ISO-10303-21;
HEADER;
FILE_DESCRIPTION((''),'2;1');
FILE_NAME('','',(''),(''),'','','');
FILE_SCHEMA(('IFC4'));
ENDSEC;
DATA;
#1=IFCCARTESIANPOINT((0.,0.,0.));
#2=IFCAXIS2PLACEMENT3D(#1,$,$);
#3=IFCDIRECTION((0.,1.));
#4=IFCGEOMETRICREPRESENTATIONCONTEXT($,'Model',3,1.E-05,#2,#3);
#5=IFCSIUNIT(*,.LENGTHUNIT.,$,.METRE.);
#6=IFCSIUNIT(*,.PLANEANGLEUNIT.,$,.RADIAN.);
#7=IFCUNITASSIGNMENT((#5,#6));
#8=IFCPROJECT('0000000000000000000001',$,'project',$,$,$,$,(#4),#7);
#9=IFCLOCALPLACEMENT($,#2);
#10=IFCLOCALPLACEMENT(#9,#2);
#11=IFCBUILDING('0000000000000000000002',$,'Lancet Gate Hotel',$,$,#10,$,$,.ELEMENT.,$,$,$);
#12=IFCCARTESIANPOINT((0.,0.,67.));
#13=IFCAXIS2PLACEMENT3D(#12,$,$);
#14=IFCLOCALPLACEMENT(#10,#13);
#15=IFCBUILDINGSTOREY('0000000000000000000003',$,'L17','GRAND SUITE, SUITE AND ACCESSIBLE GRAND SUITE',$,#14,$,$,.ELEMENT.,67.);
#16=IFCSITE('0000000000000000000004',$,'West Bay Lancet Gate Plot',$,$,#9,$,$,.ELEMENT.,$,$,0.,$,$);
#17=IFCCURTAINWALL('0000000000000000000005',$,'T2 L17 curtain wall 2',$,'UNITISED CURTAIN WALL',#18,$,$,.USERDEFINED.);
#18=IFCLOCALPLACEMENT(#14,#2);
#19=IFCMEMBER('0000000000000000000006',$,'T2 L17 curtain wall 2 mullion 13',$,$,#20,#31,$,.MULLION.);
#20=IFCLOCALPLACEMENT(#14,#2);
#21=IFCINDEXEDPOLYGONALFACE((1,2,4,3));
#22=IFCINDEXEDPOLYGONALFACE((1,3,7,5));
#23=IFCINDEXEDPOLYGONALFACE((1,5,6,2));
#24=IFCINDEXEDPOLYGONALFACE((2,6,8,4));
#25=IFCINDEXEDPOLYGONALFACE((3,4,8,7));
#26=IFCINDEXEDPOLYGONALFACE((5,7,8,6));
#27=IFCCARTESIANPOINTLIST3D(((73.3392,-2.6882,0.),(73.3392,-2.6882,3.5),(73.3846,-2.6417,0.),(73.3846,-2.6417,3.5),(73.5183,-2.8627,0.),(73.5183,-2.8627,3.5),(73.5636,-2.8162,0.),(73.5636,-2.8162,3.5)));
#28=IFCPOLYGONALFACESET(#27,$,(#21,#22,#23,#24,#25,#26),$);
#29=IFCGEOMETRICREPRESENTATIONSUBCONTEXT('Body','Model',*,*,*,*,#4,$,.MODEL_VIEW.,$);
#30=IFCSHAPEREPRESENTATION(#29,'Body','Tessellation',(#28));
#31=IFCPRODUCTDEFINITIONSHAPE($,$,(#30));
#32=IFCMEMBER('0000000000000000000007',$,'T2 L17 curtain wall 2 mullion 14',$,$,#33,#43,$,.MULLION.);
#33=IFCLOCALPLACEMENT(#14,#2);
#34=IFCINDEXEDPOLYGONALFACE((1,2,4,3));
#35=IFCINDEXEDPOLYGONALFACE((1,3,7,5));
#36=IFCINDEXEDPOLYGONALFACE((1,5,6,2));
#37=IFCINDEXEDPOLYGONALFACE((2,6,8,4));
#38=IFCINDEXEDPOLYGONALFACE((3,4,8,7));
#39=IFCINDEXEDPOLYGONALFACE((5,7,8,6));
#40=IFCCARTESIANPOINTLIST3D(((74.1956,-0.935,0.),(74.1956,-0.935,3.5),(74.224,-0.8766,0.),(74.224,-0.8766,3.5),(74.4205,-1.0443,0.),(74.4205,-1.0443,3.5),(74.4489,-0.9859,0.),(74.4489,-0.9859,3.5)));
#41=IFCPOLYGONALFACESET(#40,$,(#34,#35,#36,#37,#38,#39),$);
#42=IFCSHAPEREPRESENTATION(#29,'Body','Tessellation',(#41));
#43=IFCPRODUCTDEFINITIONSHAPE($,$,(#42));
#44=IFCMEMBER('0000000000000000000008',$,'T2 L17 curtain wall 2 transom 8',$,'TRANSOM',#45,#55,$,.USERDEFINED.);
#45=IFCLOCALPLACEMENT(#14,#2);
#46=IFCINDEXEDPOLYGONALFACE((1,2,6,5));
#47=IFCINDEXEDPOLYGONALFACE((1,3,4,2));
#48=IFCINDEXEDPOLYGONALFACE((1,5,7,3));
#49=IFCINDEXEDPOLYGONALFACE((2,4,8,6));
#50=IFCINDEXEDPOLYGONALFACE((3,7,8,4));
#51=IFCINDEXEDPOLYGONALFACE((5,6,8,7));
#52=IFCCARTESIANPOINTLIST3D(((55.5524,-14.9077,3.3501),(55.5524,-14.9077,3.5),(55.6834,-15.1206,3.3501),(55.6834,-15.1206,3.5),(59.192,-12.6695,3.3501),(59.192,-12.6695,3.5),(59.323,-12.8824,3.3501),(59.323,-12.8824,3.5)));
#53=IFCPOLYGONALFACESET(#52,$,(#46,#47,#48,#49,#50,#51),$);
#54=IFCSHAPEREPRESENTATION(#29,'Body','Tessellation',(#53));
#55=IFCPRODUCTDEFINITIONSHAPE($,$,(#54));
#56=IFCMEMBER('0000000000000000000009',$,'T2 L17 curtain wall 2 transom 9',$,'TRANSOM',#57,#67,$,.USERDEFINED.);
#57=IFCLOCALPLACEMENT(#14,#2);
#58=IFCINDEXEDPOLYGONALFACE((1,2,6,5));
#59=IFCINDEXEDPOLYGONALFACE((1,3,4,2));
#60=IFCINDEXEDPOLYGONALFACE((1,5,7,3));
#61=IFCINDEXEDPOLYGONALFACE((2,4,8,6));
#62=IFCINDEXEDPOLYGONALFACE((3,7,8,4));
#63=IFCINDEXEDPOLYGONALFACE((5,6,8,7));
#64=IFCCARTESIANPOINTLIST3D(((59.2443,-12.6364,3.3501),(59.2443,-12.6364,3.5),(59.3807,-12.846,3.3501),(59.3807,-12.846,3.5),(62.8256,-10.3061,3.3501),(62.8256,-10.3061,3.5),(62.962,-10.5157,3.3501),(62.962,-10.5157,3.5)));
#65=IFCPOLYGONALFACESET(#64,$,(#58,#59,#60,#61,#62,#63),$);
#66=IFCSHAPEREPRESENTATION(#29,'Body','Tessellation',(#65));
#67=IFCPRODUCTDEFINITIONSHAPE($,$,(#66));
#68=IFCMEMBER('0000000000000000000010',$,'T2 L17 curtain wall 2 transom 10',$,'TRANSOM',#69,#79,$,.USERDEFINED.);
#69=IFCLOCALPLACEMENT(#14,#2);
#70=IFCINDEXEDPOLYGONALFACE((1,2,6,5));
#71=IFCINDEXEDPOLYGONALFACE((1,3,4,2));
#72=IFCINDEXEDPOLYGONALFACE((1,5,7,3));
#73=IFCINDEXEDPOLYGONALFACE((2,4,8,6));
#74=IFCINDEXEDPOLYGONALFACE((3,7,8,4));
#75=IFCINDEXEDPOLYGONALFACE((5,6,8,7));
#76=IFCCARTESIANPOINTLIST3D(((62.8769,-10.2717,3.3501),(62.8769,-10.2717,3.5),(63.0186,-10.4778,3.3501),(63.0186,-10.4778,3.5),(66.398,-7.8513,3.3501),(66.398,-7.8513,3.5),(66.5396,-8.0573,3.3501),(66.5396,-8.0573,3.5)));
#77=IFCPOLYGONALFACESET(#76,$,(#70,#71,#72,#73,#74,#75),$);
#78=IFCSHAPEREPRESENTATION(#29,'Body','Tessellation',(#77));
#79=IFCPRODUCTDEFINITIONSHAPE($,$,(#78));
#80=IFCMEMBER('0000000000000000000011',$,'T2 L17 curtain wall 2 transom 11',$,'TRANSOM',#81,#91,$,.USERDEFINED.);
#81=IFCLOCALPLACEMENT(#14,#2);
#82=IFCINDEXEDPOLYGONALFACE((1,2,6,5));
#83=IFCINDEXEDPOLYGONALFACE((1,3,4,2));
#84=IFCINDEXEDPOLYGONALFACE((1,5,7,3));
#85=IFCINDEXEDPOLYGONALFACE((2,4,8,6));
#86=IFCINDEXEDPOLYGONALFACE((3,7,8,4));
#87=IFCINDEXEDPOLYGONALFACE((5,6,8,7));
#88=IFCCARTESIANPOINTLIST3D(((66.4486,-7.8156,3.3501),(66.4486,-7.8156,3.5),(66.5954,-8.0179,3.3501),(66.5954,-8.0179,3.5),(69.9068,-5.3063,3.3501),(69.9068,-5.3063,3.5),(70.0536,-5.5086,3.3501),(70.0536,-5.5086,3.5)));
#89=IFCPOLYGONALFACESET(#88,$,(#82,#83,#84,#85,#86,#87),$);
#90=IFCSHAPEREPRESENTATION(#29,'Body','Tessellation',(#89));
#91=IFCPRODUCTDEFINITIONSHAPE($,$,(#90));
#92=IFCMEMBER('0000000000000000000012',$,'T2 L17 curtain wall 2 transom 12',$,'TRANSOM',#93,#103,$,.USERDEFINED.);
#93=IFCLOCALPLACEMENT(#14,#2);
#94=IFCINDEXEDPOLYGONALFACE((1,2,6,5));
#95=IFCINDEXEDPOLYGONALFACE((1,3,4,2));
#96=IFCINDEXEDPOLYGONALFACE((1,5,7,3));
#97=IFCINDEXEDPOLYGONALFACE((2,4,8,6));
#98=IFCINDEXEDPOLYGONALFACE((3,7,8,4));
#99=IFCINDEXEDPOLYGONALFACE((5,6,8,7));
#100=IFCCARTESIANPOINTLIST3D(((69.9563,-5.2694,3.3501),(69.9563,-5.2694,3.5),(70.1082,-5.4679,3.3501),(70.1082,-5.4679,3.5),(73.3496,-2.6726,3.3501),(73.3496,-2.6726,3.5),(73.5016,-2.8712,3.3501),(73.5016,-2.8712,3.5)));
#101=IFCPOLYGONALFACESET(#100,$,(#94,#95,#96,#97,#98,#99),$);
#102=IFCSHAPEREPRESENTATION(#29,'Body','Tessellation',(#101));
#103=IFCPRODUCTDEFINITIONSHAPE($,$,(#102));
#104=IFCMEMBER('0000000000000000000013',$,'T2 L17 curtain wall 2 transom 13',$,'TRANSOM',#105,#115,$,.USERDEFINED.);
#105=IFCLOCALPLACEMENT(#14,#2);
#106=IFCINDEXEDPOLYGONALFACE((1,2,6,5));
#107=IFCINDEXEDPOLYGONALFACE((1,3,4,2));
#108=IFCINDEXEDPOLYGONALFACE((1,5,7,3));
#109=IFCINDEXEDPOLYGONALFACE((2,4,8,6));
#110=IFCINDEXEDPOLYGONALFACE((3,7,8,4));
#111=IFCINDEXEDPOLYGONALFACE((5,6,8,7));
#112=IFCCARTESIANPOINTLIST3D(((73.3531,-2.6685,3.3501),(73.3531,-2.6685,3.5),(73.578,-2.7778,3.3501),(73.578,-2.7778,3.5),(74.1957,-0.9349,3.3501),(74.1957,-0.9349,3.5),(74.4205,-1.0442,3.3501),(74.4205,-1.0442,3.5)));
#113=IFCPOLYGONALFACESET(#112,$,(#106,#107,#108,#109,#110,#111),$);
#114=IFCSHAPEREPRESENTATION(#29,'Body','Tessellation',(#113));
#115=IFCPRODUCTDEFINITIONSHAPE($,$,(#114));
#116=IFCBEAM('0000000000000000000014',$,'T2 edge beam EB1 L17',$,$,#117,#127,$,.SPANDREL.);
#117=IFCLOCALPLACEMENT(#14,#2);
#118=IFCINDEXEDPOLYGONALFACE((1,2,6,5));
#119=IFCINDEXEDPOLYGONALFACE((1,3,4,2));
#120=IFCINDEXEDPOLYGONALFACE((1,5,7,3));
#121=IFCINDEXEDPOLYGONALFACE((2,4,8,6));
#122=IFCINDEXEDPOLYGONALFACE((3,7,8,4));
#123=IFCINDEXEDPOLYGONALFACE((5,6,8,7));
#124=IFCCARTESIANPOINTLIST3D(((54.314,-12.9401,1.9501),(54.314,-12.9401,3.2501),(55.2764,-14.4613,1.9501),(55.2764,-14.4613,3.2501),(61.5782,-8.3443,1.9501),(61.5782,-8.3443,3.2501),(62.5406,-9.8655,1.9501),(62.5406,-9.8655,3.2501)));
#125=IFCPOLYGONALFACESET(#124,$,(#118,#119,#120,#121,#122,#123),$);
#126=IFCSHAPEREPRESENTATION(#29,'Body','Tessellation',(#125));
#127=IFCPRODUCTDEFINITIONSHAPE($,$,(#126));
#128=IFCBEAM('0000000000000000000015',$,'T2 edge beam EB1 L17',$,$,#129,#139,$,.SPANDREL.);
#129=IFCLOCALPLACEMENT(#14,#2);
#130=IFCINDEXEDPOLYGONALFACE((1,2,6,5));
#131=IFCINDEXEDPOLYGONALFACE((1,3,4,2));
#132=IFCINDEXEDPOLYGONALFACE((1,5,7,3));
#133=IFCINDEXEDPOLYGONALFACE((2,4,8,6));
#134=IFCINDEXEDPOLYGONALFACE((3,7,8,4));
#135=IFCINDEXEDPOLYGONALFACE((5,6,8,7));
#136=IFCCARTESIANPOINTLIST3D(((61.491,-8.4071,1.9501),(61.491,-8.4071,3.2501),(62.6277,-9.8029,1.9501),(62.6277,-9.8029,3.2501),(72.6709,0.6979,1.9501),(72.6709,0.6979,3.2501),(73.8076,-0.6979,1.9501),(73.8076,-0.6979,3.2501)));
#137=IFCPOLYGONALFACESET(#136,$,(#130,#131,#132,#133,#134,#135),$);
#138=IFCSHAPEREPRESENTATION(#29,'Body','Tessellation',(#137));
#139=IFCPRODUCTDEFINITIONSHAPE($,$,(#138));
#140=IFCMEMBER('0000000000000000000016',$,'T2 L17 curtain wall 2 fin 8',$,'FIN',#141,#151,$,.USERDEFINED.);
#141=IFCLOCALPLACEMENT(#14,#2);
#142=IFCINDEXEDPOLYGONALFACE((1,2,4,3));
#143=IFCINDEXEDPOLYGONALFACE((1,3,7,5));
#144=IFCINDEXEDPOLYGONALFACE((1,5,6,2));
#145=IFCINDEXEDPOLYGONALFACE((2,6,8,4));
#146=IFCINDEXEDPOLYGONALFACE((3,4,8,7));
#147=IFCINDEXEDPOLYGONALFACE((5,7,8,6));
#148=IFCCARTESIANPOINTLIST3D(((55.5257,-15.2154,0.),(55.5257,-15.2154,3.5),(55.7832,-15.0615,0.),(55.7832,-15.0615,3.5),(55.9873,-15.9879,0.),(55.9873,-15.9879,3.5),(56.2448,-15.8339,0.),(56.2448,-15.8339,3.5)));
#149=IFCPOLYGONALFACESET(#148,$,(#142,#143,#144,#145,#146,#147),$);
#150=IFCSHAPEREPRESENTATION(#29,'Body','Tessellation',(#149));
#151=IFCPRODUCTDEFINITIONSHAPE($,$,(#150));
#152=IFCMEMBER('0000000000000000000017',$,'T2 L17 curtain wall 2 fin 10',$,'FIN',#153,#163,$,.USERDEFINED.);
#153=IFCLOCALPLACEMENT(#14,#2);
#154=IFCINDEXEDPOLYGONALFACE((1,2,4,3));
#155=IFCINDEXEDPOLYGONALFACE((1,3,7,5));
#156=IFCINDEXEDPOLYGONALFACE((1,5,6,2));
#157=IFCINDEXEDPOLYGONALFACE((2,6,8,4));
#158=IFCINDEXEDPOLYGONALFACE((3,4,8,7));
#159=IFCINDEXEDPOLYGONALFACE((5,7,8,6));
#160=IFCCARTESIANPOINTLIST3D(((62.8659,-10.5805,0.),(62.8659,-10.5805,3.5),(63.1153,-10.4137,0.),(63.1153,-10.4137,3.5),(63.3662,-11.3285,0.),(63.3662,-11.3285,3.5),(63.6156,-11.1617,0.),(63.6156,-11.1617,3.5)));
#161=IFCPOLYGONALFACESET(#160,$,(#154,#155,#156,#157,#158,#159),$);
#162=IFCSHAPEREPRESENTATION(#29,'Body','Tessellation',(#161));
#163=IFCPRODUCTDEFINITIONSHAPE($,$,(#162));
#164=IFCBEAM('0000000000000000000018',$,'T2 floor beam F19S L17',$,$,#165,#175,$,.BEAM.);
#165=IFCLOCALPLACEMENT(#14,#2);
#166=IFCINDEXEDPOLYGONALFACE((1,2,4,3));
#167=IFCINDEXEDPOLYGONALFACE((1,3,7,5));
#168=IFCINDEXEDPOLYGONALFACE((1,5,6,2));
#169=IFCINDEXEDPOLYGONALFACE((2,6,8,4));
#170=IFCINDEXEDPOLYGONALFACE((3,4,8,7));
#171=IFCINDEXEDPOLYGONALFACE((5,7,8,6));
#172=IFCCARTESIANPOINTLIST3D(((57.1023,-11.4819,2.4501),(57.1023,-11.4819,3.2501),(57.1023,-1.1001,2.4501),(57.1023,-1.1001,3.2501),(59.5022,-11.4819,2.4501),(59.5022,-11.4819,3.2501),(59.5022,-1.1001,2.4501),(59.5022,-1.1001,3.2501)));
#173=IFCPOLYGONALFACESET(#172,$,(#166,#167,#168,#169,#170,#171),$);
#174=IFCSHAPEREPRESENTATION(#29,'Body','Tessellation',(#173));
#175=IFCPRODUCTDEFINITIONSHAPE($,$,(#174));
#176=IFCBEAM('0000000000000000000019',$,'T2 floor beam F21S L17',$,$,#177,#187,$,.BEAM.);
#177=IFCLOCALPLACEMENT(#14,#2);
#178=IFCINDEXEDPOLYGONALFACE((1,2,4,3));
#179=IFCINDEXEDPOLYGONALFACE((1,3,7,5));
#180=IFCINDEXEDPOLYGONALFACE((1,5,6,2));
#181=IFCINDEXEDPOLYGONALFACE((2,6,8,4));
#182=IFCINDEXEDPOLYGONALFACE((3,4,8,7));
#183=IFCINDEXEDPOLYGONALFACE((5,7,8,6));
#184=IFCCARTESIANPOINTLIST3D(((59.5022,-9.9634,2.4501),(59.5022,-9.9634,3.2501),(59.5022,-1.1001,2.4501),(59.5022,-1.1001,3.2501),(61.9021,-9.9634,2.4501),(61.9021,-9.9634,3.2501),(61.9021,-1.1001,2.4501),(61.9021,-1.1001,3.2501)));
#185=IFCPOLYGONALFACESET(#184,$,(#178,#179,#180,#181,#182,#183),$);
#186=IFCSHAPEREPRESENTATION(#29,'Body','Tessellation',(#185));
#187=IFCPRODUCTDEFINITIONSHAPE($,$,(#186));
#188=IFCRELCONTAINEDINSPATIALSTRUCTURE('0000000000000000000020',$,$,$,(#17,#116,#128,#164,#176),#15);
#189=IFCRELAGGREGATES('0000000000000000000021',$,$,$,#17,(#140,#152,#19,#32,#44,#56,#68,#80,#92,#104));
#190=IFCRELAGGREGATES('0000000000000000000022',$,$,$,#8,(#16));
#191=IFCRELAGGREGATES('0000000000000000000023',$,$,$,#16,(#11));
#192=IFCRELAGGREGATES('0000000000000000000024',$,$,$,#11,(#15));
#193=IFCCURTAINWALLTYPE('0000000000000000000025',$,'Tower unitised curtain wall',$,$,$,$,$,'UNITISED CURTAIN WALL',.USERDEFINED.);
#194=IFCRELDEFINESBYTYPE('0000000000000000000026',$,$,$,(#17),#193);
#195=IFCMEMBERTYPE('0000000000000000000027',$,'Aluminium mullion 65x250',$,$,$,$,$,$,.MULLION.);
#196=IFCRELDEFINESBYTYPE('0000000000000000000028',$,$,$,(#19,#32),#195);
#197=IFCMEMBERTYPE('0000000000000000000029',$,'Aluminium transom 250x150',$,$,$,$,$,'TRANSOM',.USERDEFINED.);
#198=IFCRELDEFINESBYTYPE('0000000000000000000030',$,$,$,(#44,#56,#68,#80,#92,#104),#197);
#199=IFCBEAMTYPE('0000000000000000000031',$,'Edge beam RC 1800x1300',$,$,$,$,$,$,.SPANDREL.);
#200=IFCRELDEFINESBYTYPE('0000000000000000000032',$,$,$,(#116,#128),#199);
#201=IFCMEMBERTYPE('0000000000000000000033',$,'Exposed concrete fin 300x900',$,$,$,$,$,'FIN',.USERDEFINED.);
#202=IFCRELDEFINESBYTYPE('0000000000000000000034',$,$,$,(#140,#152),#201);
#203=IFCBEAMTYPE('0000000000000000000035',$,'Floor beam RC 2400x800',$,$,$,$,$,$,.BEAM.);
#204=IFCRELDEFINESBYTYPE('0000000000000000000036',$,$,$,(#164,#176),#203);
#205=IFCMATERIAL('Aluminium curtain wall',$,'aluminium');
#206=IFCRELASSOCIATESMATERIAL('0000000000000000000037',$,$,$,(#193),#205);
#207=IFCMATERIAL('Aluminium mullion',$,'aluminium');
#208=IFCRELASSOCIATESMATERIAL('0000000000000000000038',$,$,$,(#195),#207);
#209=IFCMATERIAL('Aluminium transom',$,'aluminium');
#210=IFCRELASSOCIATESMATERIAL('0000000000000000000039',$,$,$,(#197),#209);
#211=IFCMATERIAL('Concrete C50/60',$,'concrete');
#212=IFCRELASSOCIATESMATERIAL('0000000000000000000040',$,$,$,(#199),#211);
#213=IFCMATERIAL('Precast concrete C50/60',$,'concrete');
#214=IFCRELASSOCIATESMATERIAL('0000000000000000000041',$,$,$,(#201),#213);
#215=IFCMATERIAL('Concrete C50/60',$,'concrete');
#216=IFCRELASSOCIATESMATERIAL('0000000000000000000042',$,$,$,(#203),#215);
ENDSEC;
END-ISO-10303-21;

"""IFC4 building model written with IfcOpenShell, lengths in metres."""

from ifc_helpers import new_model, si_unit, direction, frame, origin, origin_2d, place, context, subcontext, project, spatial, rectangle, extrude, material, material_profile, profile_set, type_object, element, aggregate, save


model = new_model("IFC4")

# Units and contexts
model_context = context("Model", 3, precision=1e-05, world=origin(), true_north=direction((0.0, 1.0)))
body_context = subcontext(model_context, "Body", "Model", "MODEL_VIEW")
ifc_project = project(units=[si_unit("LENGTHUNIT", "METRE"), si_unit("PLANEANGLEUNIT", "RADIAN")], contexts=[model_context])

# Site, building, storey
site_placement = place(None, origin())
site = spatial("IfcSite", under=ifc_project, at=site_placement, Name="West Bay Lancet Gate Plot", CompositionType="ELEMENT", RefElevation=0.0)
building_placement = place(site_placement, origin())
building = spatial("IfcBuilding", under=site, at=building_placement, Name="Lancet Gate Hotel", CompositionType="ELEMENT")
storey_placement = place(building_placement, frame((0.0, 0.0, 67.0)))
storey = spatial("IfcBuildingStorey", under=building, at=storey_placement, Name="L17", Description="GRAND SUITE, SUITE AND ACCESSIBLE GRAND SUITE", CompositionType="ELEMENT", Elevation=67.0)

# Curtain wall, members
ifc_material_1 = material(Name="Aluminium curtain wall", Category="aluminium")
curtain_wall_type = type_object("IfcCurtainWallType", Name="Tower unitised curtain wall", ElementType="UNITISED CURTAIN WALL", PredefinedType="USERDEFINED", material=ifc_material_1)
curtain_wall_placement = place(storey_placement, origin())
curtain_wall = element("IfcCurtainWall", 1, at=curtain_wall_placement, inside=storey, type_object=curtain_wall_type, Name="T2 L17 curtain wall 2", ObjectType="UNITISED CURTAIN WALL", PredefinedType="USERDEFINED")
ifc_material_2 = material(Name="Aluminium mullion", Category="aluminium")
ifc_material_profile_1 = material_profile(ifc_material_2, rectangle(XDim=0.0649, YDim=0.25, at=origin_2d()), Name="MULLION 65x250")
ifc_profile_set_1 = profile_set([ifc_material_profile_1], Name="Aluminium mullion")
member_type_1 = type_object("IfcMemberType", Name="Aluminium mullion 65x250", PredefinedType="MULLION", material=ifc_profile_set_1)
member_1_placement = place(storey_placement, frame((73.4514, -2.7522, 0.0), z_axis=(0.0, 0.0, 1.0), x_axis=(0.697983, 0.716114, 0.0)))
member_1 = element("IfcMember", 2, at=member_1_placement, type_object=member_type_1, Name="T2 L17 curtain wall 2 mullion 13", PredefinedType="MULLION", context=body_context, shape_type="SweptSolid", body=[
    extrude(rectangle(XDim=0.0649, YDim=0.25, at=origin_2d()), origin(), (0.0, 0.0, 1.0), 3.5),
])
member_2_placement = place(storey_placement, frame((74.3223, -0.9604, 0.0), z_axis=(0.0, 0.0, 1.0), x_axis=(0.437169, 0.899379, 0.0)))
member_2 = element("IfcMember", 3, at=member_2_placement, type_object=member_type_1, Name="T2 L17 curtain wall 2 mullion 14", PredefinedType="MULLION", context=body_context, shape_type="SweptSolid", body=[
    extrude(rectangle(XDim=0.0649, YDim=0.25, at=origin_2d()), origin(), (0.0, 0.0, 1.0), 3.5),
])
ifc_material_3 = material(Name="Aluminium transom", Category="aluminium")
ifc_material_profile_2 = material_profile(ifc_material_3, rectangle(XDim=0.25, YDim=0.1499, at=origin_2d()), Name="TRANSOM 250x150")
ifc_profile_set_2 = profile_set([ifc_material_profile_2], Name="Aluminium transom")
member_type_2 = type_object("IfcMemberType", Name="Aluminium transom 250x150", ElementType="TRANSOM", PredefinedType="USERDEFINED", material=ifc_profile_set_2)
member_3_placement = place(storey_placement, frame((55.6179, -15.0142, 3.425), z_axis=(0.851815, 0.523842, 0.0), x_axis=(-0.523842, 0.851815, 0.0)))
member_3 = element("IfcMember", 4, at=member_3_placement, type_object=member_type_2, Name="T2 L17 curtain wall 2 transom 8", ObjectType="TRANSOM", PredefinedType="USERDEFINED", context=body_context, shape_type="SweptSolid", body=[
    extrude(rectangle(XDim=0.25, YDim=0.1499, at=origin_2d()), origin(), (0.0, 0.0, 1.0), 4.2727),
])
member_4_placement = place(storey_placement, frame((59.3125, -12.7412, 3.425), z_axis=(0.838179, 0.545396, 0.0), x_axis=(-0.545396, 0.838179, 0.0)))
member_4 = element("IfcMember", 5, at=member_4_placement, type_object=member_type_2, Name="T2 L17 curtain wall 2 transom 9", ObjectType="TRANSOM", PredefinedType="USERDEFINED", context=body_context, shape_type="SweptSolid", body=[
    extrude(rectangle(XDim=0.25, YDim=0.1499, at=origin_2d()), origin(), (0.0, 0.0, 1.0), 4.2727),
])
member_5_placement = place(storey_placement, frame((62.9478, -10.3748, 3.425), z_axis=(0.824072, 0.566485, 0.0), x_axis=(-0.566485, 0.824072, 0.0)))
member_5 = element("IfcMember", 6, at=member_5_placement, type_object=member_type_2, Name="T2 L17 curtain wall 2 transom 10", ObjectType="TRANSOM", PredefinedType="USERDEFINED", context=body_context, shape_type="SweptSolid", body=[
    extrude(rectangle(XDim=0.25, YDim=0.1499, at=origin_2d()), origin(), (0.0, 0.0, 1.0), 4.2727),
])
member_6_placement = place(storey_placement, frame((66.522, -7.9167, 3.425), z_axis=(0.809383, 0.587281, 0.0), x_axis=(-0.587281, 0.809383, 0.0)))
member_6 = element("IfcMember", 7, at=member_6_placement, type_object=member_type_2, Name="T2 L17 curtain wall 2 transom 11", ObjectType="TRANSOM", PredefinedType="USERDEFINED", context=body_context, shape_type="SweptSolid", body=[
    extrude(rectangle(XDim=0.25, YDim=0.1499, at=origin_2d()), origin(), (0.0, 0.0, 1.0), 4.2727),
])
member_7_placement = place(storey_placement, frame((70.0322, -5.3687, 3.425), z_axis=(0.794155, 0.607715, 0.0), x_axis=(-0.607715, 0.794155, 0.0)))
member_7 = element("IfcMember", 8, at=member_7_placement, type_object=member_type_2, Name="T2 L17 curtain wall 2 transom 12", ObjectType="TRANSOM", PredefinedType="USERDEFINED", context=body_context, shape_type="SweptSolid", body=[
    extrude(rectangle(XDim=0.25, YDim=0.1499, at=origin_2d()), origin(), (0.0, 0.0, 1.0), 4.2729),
])
member_8_placement = place(storey_placement, frame((73.4656, -2.7231, 3.425), z_axis=(0.437103, 0.899411, 0.0), x_axis=(-0.899411, 0.437103, 0.0)))
member_8 = element("IfcMember", 9, at=member_8_placement, type_object=member_type_2, Name="T2 L17 curtain wall 2 transom 13", ObjectType="TRANSOM", PredefinedType="USERDEFINED", context=body_context, shape_type="SweptSolid", body=[
    extrude(rectangle(XDim=0.25, YDim=0.1499, at=origin_2d()), origin(), (0.0, 0.0, 1.0), 1.9275),
])

# Beams
ifc_material_4 = material(Name="Concrete C50/60", Category="concrete")
ifc_material_profile_3 = material_profile(ifc_material_4, rectangle(XDim=1.8, YDim=1.3, at=origin_2d()), Name="RC 1800x1300")
ifc_profile_set_3 = profile_set([ifc_material_profile_3], Name="Concrete C50/60")
beam_type_1 = type_object("IfcBeamType", Name="Edge beam RC 1800x1300", PredefinedType="SPANDREL", material=ifc_profile_set_3)
beam_1_placement = place(storey_placement, frame((54.7952, -13.7007, 2.6001), z_axis=(0.845078, 0.534643, 0.0), x_axis=(-0.534643, 0.845078, 0.0)))
element("IfcBeam", 10, at=beam_1_placement, inside=storey, type_object=beam_type_1, Name="T2 edge beam EB1 L17", PredefinedType="SPANDREL", context=body_context, shape_type="SweptSolid", body=[
    extrude(rectangle(XDim=1.8, YDim=1.3, at=origin_2d()), origin(), (0.0, 0.0, 1.0), 8.5959),
])
beam_2_placement = place(storey_placement, frame((62.0593, -9.105, 2.6001), z_axis=(0.775391, 0.631481, 0.0), x_axis=(-0.631481, 0.775391, 0.0)))
element("IfcBeam", 11, at=beam_2_placement, inside=storey, type_object=beam_type_1, Name="T2 edge beam EB1 L17", PredefinedType="SPANDREL", context=body_context, shape_type="SweptSolid", body=[
    extrude(rectangle(XDim=1.8, YDim=1.3, at=origin_2d()), origin(), (0.0, 0.0, 1.0), 14.4185),
])

# Members
ifc_material_5 = material(Name="Precast concrete C50/60", Category="concrete")
ifc_material_profile_4 = material_profile(ifc_material_5, rectangle(XDim=0.3, YDim=0.8999, at=origin_2d()), Name="FIN 300x900")
ifc_profile_set_4 = profile_set([ifc_material_profile_4], Name="Precast concrete C50/60")
member_type_3 = type_object("IfcMemberType", Name="Exposed concrete fin 300x900", ElementType="FIN", PredefinedType="USERDEFINED", material=ifc_profile_set_4)
member_9_placement = place(storey_placement, frame((55.8853, -15.5247, 0.0), z_axis=(0.0, 0.0, 1.0), x_axis=(0.858413, 0.512959, 0.0)))
member_9 = element("IfcMember", 12, at=member_9_placement, type_object=member_type_3, Name="T2 L17 curtain wall 2 fin 8", ObjectType="FIN", PredefinedType="USERDEFINED", context=body_context, shape_type="SweptSolid", body=[
    extrude(rectangle(XDim=0.3, YDim=0.8999, at=origin_2d()), origin(), (0.0, 0.0, 1.0), 3.5),
])
member_10_placement = place(storey_placement, frame((63.2407, -10.8711, 0.0), z_axis=(0.0, 0.0, 1.0), x_axis=(0.831198, 0.555976, 0.0)))
member_10 = element("IfcMember", 13, at=member_10_placement, type_object=member_type_3, Name="T2 L17 curtain wall 2 fin 10", ObjectType="FIN", PredefinedType="USERDEFINED", context=body_context, shape_type="SweptSolid", body=[
    extrude(rectangle(XDim=0.3, YDim=0.8999, at=origin_2d()), origin(), (0.0, 0.0, 1.0), 3.5),
])

# Beams
ifc_material_6 = material(Name="Concrete C50/60", Category="concrete")
ifc_material_profile_5 = material_profile(ifc_material_6, rectangle(XDim=2.3999, YDim=0.8, at=origin_2d()), Name="RC 2400x800")
ifc_profile_set_5 = profile_set([ifc_material_profile_5], Name="Concrete C50/60")
beam_type_2 = type_object("IfcBeamType", Name="Floor beam RC 2400x800", PredefinedType="BEAM", material=ifc_profile_set_5)
beam_3_placement = place(storey_placement, frame((58.3022, -11.4819, 2.8501), z_axis=(0.0, 1.0, 0.0), x_axis=(-1.0, 0.0, 0.0)))
element("IfcBeam", 14, at=beam_3_placement, inside=storey, type_object=beam_type_2, Name="T2 floor beam F19S L17", PredefinedType="BEAM", context=body_context, shape_type="SweptSolid", body=[
    extrude(rectangle(XDim=2.3999, YDim=0.8, at=origin_2d()), origin(), (0.0, 0.0, 1.0), 10.3818),
])
beam_4_placement = place(storey_placement, frame((60.7021, -9.9634, 2.8501), z_axis=(0.0, 1.0, 0.0), x_axis=(-1.0, 0.0, 0.0)))
element("IfcBeam", 15, at=beam_4_placement, inside=storey, type_object=beam_type_2, Name="T2 floor beam F21S L17", PredefinedType="BEAM", context=body_context, shape_type="SweptSolid", body=[
    extrude(rectangle(XDim=2.3999, YDim=0.8, at=origin_2d()), origin(), (0.0, 0.0, 1.0), 8.8633),
])

aggregate(curtain_wall, [member_9, member_10, member_1, member_2, member_3, member_4, member_5, member_6, member_7, member_8])

save(model, "model.ifc")
